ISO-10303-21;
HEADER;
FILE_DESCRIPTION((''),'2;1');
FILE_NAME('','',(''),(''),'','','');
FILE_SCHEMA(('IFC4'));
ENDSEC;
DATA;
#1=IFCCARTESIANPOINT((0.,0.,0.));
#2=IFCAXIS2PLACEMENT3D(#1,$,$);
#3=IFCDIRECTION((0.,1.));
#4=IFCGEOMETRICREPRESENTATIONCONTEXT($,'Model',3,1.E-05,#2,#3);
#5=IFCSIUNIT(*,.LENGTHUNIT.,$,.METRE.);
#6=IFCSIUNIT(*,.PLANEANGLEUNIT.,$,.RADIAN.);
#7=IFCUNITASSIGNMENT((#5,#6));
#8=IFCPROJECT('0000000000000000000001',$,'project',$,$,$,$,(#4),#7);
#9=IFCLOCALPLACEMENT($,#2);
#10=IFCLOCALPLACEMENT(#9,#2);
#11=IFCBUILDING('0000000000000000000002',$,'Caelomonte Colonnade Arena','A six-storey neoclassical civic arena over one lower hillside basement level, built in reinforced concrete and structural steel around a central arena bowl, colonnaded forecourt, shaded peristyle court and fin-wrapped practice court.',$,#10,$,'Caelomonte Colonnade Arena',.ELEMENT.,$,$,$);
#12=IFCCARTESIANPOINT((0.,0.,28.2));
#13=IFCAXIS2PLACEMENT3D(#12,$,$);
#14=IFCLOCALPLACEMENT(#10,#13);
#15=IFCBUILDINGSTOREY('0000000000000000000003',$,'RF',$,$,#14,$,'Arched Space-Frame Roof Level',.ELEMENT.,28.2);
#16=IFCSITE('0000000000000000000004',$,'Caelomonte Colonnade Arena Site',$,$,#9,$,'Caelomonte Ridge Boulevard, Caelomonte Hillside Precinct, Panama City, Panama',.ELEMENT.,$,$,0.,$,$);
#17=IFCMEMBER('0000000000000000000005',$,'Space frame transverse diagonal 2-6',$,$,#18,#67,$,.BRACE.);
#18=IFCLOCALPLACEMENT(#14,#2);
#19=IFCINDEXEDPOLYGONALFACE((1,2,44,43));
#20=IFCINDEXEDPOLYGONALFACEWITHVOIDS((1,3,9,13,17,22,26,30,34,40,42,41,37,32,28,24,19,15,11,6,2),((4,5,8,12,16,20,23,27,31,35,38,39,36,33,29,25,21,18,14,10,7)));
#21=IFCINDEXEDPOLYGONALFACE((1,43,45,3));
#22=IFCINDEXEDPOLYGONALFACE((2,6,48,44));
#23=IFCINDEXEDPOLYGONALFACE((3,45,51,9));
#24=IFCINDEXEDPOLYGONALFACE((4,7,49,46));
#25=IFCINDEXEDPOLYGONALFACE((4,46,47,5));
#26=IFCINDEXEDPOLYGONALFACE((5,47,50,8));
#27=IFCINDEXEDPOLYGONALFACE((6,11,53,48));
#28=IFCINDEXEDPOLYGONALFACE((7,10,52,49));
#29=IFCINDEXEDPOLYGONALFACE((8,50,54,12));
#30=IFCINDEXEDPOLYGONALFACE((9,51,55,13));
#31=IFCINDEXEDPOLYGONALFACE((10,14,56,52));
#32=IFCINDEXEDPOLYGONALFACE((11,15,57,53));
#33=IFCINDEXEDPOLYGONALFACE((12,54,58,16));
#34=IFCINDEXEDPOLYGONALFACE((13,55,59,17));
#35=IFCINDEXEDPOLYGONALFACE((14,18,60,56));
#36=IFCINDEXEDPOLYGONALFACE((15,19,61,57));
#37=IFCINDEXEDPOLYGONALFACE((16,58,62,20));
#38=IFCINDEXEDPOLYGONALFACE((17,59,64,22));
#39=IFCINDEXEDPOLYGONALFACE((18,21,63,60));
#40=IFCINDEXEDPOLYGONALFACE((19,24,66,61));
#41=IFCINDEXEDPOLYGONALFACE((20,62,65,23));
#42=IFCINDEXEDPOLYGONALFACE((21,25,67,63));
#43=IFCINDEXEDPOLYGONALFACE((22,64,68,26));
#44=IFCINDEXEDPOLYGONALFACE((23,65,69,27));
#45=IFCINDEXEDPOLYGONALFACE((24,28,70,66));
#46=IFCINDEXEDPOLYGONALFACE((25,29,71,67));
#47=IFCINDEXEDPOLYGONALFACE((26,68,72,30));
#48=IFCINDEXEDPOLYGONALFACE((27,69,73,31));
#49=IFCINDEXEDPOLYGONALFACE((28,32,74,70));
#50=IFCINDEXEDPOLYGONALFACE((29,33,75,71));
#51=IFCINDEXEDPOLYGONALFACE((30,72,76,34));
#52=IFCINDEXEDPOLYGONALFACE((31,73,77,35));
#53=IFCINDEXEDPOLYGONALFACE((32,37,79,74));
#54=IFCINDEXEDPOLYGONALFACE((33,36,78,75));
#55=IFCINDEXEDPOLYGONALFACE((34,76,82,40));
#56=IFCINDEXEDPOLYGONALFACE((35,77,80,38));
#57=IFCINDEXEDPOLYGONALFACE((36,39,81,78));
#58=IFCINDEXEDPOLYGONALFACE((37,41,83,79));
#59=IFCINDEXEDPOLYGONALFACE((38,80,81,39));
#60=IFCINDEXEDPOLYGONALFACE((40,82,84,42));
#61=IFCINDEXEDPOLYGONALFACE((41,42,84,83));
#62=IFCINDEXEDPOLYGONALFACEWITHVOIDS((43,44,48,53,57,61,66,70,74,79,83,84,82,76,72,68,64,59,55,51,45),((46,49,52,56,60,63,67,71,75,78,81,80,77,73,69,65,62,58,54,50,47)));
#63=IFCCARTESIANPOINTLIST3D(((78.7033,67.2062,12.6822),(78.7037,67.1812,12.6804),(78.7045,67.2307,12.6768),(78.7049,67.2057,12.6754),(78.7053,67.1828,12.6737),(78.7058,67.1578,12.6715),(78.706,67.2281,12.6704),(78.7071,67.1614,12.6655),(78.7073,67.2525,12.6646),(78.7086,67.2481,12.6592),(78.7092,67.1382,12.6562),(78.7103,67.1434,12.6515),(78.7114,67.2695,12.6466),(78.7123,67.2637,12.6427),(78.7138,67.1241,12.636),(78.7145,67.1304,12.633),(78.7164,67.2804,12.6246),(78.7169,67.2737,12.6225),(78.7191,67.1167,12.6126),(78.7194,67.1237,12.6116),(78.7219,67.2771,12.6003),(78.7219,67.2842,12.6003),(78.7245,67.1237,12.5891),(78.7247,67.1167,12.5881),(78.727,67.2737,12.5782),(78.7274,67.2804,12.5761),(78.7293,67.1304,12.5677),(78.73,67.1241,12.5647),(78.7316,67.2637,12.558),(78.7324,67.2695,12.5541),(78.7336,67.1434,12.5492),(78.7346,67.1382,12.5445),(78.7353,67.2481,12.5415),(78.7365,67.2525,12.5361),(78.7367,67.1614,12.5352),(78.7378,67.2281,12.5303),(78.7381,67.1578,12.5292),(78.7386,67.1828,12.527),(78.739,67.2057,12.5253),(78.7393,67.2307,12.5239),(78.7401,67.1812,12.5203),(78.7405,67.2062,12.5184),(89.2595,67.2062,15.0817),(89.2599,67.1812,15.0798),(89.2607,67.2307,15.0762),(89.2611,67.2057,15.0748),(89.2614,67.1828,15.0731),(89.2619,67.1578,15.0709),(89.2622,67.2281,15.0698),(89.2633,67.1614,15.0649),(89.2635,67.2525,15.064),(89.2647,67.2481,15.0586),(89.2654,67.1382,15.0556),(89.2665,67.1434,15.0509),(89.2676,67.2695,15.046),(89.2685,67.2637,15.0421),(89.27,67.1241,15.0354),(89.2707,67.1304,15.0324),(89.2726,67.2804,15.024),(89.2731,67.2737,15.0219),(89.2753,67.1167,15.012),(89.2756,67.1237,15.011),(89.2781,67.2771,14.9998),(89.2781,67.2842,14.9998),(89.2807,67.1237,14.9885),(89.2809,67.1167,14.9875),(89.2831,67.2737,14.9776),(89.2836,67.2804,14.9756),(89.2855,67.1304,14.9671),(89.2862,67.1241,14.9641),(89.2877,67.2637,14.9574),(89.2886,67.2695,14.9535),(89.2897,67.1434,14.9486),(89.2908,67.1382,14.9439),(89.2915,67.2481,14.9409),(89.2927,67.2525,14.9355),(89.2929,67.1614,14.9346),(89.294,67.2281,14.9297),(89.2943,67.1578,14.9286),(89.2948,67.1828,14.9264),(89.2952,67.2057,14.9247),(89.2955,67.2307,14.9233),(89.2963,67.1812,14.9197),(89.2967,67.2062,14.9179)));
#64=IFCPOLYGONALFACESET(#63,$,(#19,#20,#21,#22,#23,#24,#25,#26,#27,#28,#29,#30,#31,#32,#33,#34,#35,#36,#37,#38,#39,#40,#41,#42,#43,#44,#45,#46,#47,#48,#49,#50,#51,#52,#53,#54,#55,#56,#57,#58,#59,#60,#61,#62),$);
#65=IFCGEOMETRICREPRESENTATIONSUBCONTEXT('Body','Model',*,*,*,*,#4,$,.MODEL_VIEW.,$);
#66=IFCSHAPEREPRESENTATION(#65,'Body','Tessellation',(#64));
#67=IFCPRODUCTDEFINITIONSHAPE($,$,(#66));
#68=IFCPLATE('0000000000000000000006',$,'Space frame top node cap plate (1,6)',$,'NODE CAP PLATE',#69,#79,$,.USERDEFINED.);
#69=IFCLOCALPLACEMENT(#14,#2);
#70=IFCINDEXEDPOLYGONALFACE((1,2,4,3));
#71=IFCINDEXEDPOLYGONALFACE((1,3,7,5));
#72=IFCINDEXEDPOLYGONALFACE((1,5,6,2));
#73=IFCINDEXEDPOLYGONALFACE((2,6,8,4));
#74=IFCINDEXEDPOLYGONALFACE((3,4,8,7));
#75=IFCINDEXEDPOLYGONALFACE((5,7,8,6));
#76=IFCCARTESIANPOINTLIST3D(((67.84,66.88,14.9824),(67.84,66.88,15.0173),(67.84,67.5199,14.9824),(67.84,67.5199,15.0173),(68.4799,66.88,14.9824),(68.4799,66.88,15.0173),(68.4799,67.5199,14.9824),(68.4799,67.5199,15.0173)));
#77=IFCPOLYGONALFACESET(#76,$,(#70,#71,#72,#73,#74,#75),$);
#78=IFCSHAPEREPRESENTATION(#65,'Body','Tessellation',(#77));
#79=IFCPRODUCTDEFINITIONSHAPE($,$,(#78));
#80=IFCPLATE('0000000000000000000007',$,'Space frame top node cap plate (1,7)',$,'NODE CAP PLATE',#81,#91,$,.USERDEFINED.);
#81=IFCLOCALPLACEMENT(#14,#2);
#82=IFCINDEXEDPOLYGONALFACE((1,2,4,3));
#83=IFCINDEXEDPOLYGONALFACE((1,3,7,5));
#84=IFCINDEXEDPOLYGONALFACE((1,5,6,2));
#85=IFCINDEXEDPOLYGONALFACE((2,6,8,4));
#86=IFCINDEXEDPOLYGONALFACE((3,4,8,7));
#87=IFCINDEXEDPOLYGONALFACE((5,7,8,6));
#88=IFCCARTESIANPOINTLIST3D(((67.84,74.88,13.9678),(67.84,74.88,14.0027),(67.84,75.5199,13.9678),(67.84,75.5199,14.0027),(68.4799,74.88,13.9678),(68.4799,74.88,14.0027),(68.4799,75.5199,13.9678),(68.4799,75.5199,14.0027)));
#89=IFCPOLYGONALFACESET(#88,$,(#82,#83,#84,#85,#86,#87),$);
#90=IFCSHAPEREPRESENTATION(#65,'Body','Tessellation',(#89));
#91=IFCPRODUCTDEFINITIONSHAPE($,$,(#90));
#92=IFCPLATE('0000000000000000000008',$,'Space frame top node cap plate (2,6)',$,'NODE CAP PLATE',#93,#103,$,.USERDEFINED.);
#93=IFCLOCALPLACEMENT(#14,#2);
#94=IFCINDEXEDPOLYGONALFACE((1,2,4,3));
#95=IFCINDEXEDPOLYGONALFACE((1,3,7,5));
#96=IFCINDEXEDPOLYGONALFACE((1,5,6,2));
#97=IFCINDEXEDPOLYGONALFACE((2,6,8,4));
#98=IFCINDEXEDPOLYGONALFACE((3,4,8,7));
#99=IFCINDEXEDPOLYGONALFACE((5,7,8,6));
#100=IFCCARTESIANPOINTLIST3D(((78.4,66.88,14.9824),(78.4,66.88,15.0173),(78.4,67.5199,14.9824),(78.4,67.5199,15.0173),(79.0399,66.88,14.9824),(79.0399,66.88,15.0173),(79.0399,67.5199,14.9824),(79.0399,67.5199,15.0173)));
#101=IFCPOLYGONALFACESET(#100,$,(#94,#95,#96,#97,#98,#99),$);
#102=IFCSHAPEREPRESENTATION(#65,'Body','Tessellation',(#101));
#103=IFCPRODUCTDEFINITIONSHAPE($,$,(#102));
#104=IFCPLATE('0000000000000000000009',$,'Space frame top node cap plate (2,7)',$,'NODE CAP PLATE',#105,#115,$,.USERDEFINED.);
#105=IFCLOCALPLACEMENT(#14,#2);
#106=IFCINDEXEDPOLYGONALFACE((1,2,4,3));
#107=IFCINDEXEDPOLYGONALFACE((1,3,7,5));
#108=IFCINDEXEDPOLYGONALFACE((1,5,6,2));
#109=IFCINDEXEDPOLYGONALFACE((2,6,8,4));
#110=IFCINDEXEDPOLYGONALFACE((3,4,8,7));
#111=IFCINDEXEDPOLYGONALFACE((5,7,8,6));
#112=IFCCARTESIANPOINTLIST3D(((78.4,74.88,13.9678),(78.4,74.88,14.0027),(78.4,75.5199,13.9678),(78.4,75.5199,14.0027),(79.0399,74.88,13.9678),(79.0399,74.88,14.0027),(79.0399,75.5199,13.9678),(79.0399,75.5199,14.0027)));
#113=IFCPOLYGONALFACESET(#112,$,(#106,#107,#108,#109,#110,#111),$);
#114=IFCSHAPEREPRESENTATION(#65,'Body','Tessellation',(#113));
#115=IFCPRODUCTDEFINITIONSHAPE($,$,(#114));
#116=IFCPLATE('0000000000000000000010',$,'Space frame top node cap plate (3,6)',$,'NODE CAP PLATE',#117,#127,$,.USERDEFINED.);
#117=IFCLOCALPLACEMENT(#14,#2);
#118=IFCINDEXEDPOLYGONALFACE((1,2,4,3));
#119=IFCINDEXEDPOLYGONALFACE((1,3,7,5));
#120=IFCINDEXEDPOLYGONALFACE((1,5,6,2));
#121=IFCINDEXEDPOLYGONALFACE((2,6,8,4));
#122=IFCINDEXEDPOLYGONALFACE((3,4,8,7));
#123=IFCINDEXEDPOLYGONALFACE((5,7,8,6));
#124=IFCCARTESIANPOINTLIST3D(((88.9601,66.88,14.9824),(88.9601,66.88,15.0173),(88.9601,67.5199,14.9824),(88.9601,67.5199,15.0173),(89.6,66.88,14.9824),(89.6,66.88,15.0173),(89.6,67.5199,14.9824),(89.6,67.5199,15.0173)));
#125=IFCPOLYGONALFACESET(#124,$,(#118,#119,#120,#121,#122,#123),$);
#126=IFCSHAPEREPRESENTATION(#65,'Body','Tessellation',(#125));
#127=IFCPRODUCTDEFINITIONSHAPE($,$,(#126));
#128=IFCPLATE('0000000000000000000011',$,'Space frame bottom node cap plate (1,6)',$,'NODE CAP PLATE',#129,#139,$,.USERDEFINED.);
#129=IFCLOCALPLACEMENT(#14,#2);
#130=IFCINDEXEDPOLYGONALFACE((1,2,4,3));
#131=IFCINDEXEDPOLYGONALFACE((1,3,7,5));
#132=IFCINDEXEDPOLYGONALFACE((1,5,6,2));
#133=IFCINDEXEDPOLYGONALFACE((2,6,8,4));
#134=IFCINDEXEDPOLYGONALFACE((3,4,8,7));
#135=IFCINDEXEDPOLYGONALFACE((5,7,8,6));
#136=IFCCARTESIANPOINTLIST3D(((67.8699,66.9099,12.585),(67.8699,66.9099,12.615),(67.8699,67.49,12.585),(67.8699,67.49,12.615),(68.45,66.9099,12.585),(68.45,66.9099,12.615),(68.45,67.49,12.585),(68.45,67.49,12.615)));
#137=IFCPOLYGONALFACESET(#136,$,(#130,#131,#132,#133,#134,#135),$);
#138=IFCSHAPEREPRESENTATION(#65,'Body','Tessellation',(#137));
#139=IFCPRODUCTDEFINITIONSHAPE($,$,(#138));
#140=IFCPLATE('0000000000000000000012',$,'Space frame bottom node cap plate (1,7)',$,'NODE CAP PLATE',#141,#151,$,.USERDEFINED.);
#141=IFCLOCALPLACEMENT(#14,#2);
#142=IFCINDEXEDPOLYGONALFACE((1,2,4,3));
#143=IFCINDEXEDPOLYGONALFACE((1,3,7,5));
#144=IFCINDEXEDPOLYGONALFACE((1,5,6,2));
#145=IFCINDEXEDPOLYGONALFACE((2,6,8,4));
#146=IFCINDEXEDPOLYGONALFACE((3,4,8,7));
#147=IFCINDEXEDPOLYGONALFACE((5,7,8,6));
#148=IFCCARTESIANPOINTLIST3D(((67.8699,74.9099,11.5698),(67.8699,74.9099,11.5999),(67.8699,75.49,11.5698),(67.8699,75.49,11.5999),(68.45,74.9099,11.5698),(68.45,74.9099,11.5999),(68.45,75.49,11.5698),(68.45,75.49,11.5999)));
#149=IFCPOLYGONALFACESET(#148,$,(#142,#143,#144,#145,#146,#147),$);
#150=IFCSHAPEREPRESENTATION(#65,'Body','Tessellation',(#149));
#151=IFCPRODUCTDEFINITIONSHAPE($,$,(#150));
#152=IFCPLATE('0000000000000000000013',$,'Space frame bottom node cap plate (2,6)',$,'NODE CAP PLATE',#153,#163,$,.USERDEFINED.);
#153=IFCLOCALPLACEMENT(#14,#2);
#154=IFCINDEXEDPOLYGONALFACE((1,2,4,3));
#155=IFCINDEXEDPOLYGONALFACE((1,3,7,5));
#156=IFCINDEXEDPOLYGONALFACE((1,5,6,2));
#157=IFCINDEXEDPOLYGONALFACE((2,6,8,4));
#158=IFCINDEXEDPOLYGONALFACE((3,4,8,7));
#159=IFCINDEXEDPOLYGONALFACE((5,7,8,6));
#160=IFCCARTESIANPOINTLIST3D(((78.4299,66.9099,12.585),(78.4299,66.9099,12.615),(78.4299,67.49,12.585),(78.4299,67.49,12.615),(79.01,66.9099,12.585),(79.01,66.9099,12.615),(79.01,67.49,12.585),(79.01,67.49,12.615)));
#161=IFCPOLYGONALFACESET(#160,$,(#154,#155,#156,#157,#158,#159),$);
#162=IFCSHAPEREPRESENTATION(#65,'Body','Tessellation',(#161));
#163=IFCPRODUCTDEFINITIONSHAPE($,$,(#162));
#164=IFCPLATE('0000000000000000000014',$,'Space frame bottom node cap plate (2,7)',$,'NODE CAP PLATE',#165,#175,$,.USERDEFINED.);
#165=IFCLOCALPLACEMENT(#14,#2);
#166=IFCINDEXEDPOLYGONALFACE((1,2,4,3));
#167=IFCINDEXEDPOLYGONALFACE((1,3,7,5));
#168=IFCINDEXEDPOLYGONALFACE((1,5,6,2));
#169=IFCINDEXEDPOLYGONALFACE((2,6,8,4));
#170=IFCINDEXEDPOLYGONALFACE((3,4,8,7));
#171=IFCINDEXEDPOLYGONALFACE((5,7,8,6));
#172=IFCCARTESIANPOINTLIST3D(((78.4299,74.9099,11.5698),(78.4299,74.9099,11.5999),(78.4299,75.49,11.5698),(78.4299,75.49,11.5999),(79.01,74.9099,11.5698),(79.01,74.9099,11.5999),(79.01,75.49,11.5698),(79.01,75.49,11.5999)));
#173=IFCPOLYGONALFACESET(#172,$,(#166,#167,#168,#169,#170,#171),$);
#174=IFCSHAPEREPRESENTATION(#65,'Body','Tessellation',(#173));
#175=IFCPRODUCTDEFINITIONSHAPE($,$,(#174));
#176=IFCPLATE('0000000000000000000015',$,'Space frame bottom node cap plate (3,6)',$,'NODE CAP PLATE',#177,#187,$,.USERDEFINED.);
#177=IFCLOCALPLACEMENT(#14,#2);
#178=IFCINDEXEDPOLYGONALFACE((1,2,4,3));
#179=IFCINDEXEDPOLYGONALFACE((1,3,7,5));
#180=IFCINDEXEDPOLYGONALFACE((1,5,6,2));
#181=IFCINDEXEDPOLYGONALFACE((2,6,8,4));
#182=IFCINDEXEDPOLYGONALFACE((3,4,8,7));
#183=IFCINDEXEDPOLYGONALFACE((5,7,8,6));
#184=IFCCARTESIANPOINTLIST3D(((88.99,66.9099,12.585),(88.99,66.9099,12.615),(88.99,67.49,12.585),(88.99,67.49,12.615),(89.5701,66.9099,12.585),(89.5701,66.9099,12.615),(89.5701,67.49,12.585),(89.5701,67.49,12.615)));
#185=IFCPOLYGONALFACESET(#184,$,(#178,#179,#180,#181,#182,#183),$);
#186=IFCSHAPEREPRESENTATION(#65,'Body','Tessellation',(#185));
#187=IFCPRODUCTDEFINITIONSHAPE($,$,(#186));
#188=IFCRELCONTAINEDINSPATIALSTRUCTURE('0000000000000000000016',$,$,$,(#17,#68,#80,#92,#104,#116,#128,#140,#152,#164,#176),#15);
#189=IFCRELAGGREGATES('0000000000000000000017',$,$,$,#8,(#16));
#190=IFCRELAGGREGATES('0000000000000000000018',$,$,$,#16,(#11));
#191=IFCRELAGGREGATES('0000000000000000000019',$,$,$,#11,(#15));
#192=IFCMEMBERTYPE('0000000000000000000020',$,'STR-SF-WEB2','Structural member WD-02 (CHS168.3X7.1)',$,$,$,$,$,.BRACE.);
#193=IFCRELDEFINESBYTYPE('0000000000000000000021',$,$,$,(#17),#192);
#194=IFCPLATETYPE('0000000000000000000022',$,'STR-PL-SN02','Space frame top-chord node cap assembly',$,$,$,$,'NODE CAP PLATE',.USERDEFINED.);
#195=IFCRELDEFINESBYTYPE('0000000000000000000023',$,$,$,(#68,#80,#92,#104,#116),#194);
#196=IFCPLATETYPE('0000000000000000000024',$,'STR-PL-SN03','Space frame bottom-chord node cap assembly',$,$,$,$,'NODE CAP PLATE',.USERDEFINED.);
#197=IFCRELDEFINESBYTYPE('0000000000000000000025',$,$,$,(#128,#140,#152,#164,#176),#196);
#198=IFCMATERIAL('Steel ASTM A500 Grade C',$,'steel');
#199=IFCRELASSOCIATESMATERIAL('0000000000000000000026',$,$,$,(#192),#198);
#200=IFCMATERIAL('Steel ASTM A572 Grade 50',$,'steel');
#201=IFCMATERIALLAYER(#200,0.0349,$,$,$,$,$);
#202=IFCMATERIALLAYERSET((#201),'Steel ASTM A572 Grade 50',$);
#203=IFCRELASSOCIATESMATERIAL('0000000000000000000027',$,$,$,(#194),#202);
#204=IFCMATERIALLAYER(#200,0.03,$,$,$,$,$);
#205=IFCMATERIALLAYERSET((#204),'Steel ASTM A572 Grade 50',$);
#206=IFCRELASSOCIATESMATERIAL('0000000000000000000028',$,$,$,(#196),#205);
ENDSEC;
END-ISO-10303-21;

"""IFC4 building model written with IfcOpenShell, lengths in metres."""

from ifc_helpers import new_model, si_unit, direction, frame, origin, origin_2d, place, context, subcontext, project, spatial, rectangle, hollow_circle, extrude, material, layer, layer_set, material_profile, profile_set, type_object, element, save


model = new_model("IFC4")

# Units and contexts
model_context = context("Model", 3, precision=1e-05, world=origin(), true_north=direction((0.0, 1.0)))
body_context = subcontext(model_context, "Body", "Model", "MODEL_VIEW")
ifc_project = project(units=[si_unit("LENGTHUNIT", "METRE"), si_unit("PLANEANGLEUNIT", "RADIAN")], contexts=[model_context])

# Site, building, storey
site_placement = place(None, origin())
site = spatial("IfcSite", under=ifc_project, at=site_placement, Name="Caelomonte Colonnade Arena Site", LongName="Caelomonte Ridge Boulevard, Caelomonte Hillside Precinct, Panama City, Panama", CompositionType="ELEMENT", RefElevation=0.0)
building_placement = place(site_placement, origin())
building = spatial("IfcBuilding", under=site, at=building_placement, Name="Caelomonte Colonnade Arena", Description="A six-storey neoclassical civic arena over one lower hillside basement level, built in reinforced concrete and structural steel around a central arena bowl, colonnaded forecourt, shaded peristyle court and fin-wrapped practice court.", LongName="Caelomonte Colonnade Arena", CompositionType="ELEMENT")
storey_placement = place(building_placement, frame((0.0, 0.0, 28.2)))
storey = spatial("IfcBuildingStorey", under=building, at=storey_placement, Name="RF", LongName="Arched Space-Frame Roof Level", CompositionType="ELEMENT", Elevation=28.2)

# Member
ifc_material_1 = material(Name="Steel ASTM A500 Grade C", Category="steel")
ifc_material_profile_1 = material_profile(ifc_material_1, hollow_circle(Radius=0.0842, WallThickness=0.0071, at=origin_2d()), Name="CHS168.3X7.1")
ifc_profile_set_1 = profile_set([ifc_material_profile_1], Name="Steel ASTM A500 Grade C")
member_type_1 = type_object("IfcMemberType", Name="STR-SF-WEB2", Description="Structural member WD-02 (CHS168.3X7.1)", PredefinedType="BRACE", material=ifc_profile_set_1)
member_1_placement = place(storey_placement, frame((78.7219, 67.2, 12.6003), z_axis=(0.975127, 0.0, 0.221646), x_axis=(0.0, 1.0, 0.0)))
element("IfcMember", 1, at=member_1_placement, inside=storey, type_object=member_type_1, Name="Space frame transverse diagonal 2-6", PredefinedType="BRACE", context=body_context, shape_type="SweptSolid", body=[
    extrude(hollow_circle(Radius=0.0842, WallThickness=0.0071, at=origin_2d()), origin(), (0.0, 0.0, 1.0), 10.8254),
])

# Plates
ifc_material_2 = material(Name="Steel ASTM A572 Grade 50", Category="steel")
ifc_layer_1 = layer(ifc_material_2, 0.0349)
ifc_layer_set_1 = layer_set([ifc_layer_1], Name="Steel ASTM A572 Grade 50")
plate_type_1 = type_object("IfcPlateType", Name="STR-PL-SN02", Description="Space frame top-chord node cap assembly", ElementType="NODE CAP PLATE", PredefinedType="USERDEFINED", material=ifc_layer_set_1)
for number, where, z_axis, x_axis, name in (
    (2, (68.1599, 67.2, 14.9824), (0.0, 0.0, 1.0), (1.0, 0.0, 0.0), "Space frame top node cap plate (1,6)"),
    (3, (68.1599, 75.2, 13.9678), (0.0, 0.0, 1.0), (1.0, 0.0, 0.0), "Space frame top node cap plate (1,7)"),
    (4, (78.72, 67.2, 14.9824), (0.0, 0.0, 1.0), (1.0, 0.0, 0.0), "Space frame top node cap plate (2,6)"),
    (5, (78.72, 75.2, 13.9678), (0.0, 0.0, 1.0), (1.0, 0.0, 0.0), "Space frame top node cap plate (2,7)"),
    (6, (89.28, 67.2, 14.9824), (0.0, 0.0, 1.0), (1.0, 0.0, 0.0), "Space frame top node cap plate (3,6)"),
):
    element("IfcPlate", number, at=place(storey_placement, frame(where, z_axis=z_axis, x_axis=x_axis)), inside=storey, type_object=plate_type_1, Name=name, ObjectType="NODE CAP PLATE", PredefinedType="USERDEFINED", context=body_context, shape_type="SweptSolid", body=[
        extrude(rectangle(XDim=0.6399, YDim=0.6399, at=origin_2d()), origin(), (0.0, 0.0, 1.0), 0.0349),
    ])
ifc_layer_2 = layer(ifc_material_2, 0.03)
ifc_layer_set_2 = layer_set([ifc_layer_2], Name="Steel ASTM A572 Grade 50")
plate_type_2 = type_object("IfcPlateType", Name="STR-PL-SN03", Description="Space frame bottom-chord node cap assembly", ElementType="NODE CAP PLATE", PredefinedType="USERDEFINED", material=ifc_layer_set_2)
for number, where, z_axis, x_axis, name in (
    (7, (68.1599, 67.2, 12.585), (0.0, 0.0, 1.0), (1.0, 0.0, 0.0), "Space frame bottom node cap plate (1,6)"),
    (8, (68.1599, 75.2, 11.5698), (0.0, 0.0, 1.0), (1.0, 0.0, 0.0), "Space frame bottom node cap plate (1,7)"),
    (9, (78.72, 67.2, 12.585), (0.0, 0.0, 1.0), (1.0, 0.0, 0.0), "Space frame bottom node cap plate (2,6)"),
    (10, (78.72, 75.2, 11.5698), (0.0, 0.0, 1.0), (1.0, 0.0, 0.0), "Space frame bottom node cap plate (2,7)"),
    (11, (89.28, 67.2, 12.585), (0.0, 0.0, 1.0), (1.0, 0.0, 0.0), "Space frame bottom node cap plate (3,6)"),
):
    element("IfcPlate", number, at=place(storey_placement, frame(where, z_axis=z_axis, x_axis=x_axis)), inside=storey, type_object=plate_type_2, Name=name, ObjectType="NODE CAP PLATE", PredefinedType="USERDEFINED", context=body_context, shape_type="SweptSolid", body=[
        extrude(rectangle(XDim=0.5801, YDim=0.5801, at=origin_2d()), origin(), (0.0, 0.0, 1.0), 0.03),
    ])

save(model, "model.ifc")
